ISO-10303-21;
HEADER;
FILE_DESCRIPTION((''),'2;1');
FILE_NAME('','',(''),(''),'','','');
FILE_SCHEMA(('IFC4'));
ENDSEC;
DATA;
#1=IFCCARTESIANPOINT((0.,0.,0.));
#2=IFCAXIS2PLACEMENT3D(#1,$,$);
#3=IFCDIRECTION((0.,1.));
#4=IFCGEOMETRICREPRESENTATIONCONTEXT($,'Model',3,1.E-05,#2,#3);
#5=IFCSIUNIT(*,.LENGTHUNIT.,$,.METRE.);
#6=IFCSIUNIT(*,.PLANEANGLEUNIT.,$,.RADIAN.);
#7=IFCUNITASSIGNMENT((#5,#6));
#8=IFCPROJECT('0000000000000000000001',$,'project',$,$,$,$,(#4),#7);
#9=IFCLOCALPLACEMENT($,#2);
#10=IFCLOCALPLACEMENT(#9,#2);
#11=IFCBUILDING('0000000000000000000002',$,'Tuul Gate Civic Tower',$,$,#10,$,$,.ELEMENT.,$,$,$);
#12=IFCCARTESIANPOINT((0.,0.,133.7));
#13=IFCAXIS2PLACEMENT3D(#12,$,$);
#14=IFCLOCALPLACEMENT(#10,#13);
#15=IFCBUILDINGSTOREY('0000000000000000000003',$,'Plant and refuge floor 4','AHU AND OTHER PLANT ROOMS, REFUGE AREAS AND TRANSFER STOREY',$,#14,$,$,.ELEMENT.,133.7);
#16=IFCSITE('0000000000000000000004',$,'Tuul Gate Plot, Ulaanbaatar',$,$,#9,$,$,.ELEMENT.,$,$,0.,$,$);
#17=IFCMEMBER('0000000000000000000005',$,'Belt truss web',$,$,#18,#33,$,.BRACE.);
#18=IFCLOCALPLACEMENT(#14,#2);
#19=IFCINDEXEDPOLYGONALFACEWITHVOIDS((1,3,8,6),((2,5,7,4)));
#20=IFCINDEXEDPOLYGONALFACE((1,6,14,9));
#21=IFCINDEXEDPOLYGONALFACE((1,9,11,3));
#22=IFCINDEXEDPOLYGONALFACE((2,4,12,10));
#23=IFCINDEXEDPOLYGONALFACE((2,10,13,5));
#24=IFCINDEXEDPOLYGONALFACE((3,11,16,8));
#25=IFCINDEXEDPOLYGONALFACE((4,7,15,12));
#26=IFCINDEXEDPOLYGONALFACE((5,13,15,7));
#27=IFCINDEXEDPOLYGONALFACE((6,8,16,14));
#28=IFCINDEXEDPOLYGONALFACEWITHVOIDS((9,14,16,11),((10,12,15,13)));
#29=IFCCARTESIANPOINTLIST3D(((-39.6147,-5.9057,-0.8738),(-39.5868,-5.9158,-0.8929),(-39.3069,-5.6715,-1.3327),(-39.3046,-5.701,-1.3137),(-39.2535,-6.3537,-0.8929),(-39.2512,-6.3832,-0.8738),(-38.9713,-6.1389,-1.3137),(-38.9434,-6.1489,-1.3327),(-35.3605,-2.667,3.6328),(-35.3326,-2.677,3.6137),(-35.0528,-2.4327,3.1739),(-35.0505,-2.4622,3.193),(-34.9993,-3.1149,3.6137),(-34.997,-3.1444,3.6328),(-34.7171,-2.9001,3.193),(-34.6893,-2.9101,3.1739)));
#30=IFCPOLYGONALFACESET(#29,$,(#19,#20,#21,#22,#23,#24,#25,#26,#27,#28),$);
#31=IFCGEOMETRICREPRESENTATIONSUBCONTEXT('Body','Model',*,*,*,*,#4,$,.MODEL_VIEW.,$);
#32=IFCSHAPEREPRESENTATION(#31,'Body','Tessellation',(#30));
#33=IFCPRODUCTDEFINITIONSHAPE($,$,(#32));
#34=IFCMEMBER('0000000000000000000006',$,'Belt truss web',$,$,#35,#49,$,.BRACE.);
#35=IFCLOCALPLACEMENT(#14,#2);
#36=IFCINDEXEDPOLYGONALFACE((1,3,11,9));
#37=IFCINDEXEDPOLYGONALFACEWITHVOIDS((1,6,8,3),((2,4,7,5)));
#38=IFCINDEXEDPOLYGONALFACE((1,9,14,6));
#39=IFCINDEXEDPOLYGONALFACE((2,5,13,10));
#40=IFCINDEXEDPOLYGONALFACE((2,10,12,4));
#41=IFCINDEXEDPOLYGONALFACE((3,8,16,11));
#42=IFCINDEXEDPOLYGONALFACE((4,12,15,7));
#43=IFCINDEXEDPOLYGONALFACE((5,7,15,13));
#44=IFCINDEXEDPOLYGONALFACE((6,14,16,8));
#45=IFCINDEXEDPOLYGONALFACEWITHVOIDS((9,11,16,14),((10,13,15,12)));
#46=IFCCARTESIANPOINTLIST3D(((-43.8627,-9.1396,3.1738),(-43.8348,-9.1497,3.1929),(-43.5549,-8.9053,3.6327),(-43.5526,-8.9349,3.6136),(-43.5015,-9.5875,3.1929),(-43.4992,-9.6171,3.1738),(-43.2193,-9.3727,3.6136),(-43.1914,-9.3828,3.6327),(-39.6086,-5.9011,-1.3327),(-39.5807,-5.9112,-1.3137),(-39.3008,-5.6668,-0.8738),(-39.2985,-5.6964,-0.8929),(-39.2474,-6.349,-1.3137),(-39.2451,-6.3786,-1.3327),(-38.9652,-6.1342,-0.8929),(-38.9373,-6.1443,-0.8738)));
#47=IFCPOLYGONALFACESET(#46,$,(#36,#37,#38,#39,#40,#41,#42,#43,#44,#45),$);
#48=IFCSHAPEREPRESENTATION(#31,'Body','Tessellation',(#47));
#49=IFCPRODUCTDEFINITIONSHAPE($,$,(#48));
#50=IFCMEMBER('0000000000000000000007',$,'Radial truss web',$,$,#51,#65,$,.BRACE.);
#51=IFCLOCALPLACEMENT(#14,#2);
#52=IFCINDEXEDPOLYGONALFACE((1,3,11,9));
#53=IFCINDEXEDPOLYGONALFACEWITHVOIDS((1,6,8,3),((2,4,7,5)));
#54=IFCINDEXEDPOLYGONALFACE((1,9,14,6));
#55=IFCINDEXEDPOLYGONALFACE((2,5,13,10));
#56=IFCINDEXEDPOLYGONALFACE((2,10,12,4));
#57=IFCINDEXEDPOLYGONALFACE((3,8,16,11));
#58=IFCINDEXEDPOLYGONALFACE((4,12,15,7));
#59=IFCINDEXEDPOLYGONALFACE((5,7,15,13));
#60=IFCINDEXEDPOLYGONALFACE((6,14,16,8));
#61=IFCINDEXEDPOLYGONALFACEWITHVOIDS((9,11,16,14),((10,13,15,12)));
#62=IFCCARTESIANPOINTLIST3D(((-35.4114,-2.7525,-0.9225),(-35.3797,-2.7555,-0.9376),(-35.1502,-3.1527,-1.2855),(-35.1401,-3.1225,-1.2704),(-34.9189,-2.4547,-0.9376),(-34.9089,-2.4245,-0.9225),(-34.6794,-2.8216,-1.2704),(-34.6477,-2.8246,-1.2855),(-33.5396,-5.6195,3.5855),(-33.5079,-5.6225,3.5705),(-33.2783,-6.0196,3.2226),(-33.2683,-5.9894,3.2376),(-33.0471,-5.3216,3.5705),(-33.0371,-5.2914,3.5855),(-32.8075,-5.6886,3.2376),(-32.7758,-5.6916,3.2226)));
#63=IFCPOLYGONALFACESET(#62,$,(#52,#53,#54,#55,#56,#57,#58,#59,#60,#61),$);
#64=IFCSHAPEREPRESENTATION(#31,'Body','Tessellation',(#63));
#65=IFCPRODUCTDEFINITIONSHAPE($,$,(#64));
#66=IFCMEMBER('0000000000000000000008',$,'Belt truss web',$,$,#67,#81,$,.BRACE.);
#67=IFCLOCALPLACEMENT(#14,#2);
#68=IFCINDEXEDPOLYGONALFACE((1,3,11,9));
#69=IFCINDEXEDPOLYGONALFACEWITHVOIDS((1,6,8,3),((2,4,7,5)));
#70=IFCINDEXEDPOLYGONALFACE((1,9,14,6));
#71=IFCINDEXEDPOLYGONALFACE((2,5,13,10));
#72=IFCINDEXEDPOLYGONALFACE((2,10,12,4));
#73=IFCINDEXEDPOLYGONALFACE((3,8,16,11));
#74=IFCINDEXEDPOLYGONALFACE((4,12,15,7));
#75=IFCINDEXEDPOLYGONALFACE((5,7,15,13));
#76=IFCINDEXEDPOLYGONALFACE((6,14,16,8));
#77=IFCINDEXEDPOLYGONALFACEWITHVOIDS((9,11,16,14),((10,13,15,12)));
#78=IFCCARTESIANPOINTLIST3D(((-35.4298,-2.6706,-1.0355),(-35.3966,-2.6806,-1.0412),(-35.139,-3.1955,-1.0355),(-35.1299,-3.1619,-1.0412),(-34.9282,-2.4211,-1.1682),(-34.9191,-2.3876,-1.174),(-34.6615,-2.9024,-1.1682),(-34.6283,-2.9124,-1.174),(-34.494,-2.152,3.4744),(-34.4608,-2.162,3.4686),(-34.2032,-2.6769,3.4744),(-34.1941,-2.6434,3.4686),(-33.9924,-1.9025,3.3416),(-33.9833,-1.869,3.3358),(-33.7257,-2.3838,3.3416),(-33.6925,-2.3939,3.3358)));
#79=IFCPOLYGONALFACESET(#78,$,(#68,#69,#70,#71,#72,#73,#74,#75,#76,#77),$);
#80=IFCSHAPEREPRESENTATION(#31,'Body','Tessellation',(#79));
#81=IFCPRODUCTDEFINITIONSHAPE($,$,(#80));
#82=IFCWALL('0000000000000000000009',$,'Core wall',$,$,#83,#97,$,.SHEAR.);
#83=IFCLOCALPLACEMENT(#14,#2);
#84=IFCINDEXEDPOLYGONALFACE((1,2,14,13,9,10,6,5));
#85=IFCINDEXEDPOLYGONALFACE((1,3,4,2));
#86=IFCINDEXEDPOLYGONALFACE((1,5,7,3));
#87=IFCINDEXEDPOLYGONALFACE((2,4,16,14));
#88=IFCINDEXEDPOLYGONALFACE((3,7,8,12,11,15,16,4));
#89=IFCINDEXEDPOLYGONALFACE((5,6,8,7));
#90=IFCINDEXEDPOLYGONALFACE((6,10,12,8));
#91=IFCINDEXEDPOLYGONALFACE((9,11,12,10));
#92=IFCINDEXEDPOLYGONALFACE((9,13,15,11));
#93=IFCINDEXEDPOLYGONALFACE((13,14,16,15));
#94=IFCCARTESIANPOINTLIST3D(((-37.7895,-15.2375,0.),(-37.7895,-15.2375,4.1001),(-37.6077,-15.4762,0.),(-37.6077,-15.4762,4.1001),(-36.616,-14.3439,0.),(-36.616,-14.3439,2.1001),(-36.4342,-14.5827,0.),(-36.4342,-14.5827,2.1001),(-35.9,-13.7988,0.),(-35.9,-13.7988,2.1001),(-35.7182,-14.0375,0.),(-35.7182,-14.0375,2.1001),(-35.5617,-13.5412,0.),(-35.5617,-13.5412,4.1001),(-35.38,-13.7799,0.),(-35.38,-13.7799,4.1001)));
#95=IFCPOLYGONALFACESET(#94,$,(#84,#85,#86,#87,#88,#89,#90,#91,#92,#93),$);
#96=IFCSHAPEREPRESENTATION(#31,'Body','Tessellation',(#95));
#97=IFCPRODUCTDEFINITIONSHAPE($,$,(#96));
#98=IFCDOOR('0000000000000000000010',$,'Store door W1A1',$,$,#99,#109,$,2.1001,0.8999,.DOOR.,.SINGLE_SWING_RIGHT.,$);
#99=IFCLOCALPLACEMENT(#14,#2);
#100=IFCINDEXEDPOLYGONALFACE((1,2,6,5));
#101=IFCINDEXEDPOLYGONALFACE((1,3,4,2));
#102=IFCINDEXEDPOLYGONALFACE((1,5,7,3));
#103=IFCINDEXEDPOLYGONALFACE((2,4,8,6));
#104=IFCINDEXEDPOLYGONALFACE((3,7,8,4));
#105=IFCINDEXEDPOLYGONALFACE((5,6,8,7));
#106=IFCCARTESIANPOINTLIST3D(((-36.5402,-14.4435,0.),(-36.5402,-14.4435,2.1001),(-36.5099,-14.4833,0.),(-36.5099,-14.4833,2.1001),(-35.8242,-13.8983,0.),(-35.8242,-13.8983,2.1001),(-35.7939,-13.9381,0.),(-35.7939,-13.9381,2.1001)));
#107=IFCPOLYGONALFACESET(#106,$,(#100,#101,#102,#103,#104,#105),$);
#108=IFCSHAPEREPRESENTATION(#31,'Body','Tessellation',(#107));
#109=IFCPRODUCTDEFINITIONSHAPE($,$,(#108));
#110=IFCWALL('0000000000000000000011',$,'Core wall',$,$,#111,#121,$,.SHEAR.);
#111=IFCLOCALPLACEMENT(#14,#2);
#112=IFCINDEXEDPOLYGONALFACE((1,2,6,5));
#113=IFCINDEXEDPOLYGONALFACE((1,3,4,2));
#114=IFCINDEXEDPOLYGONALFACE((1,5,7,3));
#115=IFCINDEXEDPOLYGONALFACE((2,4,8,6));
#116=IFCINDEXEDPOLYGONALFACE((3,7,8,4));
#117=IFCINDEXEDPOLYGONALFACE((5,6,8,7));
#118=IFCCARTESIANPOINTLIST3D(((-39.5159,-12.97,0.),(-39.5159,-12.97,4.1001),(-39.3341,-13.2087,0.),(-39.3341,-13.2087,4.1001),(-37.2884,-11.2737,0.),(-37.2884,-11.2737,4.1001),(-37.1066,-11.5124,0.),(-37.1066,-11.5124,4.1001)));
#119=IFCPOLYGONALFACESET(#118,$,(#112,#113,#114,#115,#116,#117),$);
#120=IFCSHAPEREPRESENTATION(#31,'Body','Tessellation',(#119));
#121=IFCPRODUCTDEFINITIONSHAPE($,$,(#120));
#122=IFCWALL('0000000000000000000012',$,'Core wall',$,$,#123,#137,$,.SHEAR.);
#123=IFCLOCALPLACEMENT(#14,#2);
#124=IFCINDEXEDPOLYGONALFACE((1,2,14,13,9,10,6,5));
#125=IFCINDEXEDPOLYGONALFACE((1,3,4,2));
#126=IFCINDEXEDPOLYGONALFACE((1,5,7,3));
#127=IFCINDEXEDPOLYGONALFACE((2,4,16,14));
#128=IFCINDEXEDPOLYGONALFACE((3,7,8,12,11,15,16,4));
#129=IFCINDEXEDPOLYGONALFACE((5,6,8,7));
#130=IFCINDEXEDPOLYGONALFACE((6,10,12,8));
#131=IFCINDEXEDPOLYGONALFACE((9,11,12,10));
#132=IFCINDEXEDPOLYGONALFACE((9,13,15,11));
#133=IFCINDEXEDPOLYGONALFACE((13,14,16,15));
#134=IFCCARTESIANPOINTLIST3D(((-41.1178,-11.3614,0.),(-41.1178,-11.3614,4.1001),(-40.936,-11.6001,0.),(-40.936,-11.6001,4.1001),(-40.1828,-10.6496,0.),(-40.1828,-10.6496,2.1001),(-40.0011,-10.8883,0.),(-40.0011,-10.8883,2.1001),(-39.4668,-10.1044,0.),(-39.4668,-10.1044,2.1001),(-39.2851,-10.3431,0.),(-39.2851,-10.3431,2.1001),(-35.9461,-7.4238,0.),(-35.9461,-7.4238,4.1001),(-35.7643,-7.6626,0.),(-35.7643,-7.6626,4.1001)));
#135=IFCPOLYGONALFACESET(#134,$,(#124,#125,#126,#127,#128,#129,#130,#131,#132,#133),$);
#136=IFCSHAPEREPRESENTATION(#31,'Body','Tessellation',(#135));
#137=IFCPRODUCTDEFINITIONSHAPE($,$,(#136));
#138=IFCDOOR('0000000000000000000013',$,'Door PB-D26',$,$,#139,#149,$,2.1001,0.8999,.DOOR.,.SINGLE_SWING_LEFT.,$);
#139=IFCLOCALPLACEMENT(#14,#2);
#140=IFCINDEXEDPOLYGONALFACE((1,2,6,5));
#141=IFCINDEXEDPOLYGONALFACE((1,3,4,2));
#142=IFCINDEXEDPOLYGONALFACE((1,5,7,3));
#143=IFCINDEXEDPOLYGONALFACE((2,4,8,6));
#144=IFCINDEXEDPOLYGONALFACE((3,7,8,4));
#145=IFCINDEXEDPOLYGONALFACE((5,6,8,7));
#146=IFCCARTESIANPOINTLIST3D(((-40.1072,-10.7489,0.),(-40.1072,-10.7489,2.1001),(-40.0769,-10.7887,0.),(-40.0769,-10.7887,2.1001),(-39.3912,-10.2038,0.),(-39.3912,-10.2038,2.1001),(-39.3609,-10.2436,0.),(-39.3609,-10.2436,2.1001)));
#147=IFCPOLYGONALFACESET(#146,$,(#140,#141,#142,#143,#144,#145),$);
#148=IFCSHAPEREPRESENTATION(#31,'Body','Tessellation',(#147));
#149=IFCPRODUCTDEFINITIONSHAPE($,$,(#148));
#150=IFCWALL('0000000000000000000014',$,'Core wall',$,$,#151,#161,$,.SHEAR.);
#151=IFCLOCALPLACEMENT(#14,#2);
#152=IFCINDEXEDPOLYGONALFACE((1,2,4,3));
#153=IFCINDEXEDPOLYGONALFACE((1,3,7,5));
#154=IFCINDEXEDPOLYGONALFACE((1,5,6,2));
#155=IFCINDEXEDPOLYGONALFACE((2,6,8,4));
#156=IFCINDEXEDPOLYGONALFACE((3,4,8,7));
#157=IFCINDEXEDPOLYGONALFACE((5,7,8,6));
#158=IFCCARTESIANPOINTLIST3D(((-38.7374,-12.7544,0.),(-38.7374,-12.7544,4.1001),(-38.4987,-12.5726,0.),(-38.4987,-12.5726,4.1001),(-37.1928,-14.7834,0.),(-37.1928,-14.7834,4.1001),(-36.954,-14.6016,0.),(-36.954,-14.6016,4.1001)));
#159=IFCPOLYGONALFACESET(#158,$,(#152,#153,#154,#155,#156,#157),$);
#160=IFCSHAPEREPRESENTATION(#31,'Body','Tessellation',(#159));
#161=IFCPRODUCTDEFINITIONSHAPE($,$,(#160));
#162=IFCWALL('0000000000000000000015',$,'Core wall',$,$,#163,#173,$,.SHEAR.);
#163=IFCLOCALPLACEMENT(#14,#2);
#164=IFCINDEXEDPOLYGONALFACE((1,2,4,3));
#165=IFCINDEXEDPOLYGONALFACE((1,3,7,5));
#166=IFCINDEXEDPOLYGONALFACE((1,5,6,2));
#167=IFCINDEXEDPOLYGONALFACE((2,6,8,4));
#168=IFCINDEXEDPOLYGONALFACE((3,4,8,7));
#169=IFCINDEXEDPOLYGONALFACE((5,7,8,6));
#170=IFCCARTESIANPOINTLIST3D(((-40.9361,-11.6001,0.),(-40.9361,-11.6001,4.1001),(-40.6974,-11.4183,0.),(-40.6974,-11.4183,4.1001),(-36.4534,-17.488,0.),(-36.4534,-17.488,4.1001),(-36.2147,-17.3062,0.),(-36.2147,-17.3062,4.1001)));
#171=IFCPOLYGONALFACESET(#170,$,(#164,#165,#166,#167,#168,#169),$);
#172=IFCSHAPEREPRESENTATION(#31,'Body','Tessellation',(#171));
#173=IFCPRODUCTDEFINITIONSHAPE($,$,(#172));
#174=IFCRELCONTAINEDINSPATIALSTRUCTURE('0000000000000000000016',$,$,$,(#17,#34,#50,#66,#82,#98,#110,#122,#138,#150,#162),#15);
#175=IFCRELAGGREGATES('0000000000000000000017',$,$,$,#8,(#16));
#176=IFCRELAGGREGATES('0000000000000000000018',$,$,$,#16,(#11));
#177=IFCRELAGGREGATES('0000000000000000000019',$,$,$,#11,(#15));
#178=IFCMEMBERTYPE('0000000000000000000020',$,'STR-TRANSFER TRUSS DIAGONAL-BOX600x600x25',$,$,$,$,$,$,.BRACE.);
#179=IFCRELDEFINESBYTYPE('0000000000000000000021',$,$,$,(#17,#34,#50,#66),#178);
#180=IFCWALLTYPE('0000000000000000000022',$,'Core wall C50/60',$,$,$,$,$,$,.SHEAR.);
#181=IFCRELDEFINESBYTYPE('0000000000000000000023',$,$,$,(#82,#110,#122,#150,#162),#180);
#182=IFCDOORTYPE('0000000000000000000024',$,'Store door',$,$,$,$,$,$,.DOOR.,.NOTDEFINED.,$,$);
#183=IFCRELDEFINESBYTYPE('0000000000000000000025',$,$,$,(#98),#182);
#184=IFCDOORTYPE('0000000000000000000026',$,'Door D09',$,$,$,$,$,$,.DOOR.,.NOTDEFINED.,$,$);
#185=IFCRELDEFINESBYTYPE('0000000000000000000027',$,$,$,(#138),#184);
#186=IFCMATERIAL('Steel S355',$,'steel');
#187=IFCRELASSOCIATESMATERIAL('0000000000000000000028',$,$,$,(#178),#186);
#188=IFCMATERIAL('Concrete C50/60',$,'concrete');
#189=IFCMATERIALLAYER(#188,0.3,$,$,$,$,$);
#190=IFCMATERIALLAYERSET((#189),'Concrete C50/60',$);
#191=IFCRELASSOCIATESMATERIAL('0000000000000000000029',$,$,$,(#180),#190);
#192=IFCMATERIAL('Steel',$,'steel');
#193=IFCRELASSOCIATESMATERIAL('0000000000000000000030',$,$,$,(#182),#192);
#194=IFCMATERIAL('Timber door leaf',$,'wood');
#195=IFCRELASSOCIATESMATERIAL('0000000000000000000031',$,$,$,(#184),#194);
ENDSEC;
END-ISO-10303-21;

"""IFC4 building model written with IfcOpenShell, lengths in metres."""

from ifc_helpers import new_model, si_unit, direction, frame, frame_2d, origin, origin_2d, place, context, subcontext, project, spatial, rectangle, hollow_rectangle, extrude, material, layer, layer_set, material_profile, profile_set, type_object, element, fill, save


model = new_model("IFC4")

# Units and contexts
model_context = context("Model", 3, precision=1e-05, world=origin(), true_north=direction((0.0, 1.0)))
body_context = subcontext(model_context, "Body", "Model", "MODEL_VIEW")
ifc_project = project(units=[si_unit("LENGTHUNIT", "METRE"), si_unit("PLANEANGLEUNIT", "RADIAN")], contexts=[model_context])

# Site, building, storey
site_placement = place(None, origin())
site = spatial("IfcSite", under=ifc_project, at=site_placement, Name="Tuul Gate Plot, Ulaanbaatar", CompositionType="ELEMENT", RefElevation=0.0)
building_placement = place(site_placement, origin())
building = spatial("IfcBuilding", under=site, at=building_placement, Name="Tuul Gate Civic Tower", CompositionType="ELEMENT")
storey_placement = place(building_placement, frame((0.0, 0.0, 133.7)))
storey = spatial("IfcBuildingStorey", under=building, at=storey_placement, Name="Plant and refuge floor 4", Description="AHU AND OTHER PLANT ROOMS, REFUGE AREAS AND TRANSFER STOREY", CompositionType="ELEMENT", Elevation=133.7)

# Members
ifc_material_1 = material(Name="Steel S355", Category="steel")
ifc_material_profile_1 = material_profile(ifc_material_1, hollow_rectangle(XDim=0.6001, YDim=0.6001, WallThickness=0.0249, at=origin_2d()), Name="BOX600x600x25")
ifc_profile_set_1 = profile_set([ifc_material_profile_1], Name="Steel S355")
member_type = type_object("IfcMemberType", Name="STR-TRANSFER TRUSS DIAGONAL-BOX600x600x25", PredefinedType="BRACE", material=ifc_profile_set_1)
member_1_placement = place(storey_placement, frame((-39.2791, -6.0273, -1.1033), z_axis=(0.608377, 0.463169, 0.644478), x_axis=(-0.605749, 0.795656, 0.0)))
element("IfcMember", 1, at=member_1_placement, inside=storey, type_object=member_type, Name="Belt truss web", PredefinedType="BRACE", context=body_context, shape_type="SweptSolid", body=[
    extrude(hollow_rectangle(XDim=0.6001, YDim=0.6001, WallThickness=0.0249, at=origin_2d()), origin(), (0.0, 0.0, 1.0), 6.9927),
])
member_2_placement = place(storey_placement, frame((-39.2729, -6.0227, -1.1033), z_axis=(-0.608387, -0.463142, 0.644488), x_axis=(0.60572, -0.795678, 0.0)))
element("IfcMember", 2, at=member_2_placement, inside=storey, type_object=member_type, Name="Belt truss web", PredefinedType="BRACE", context=body_context, shape_type="SweptSolid", body=[
    extrude(hollow_rectangle(XDim=0.6001, YDim=0.6001, WallThickness=0.0249, at=origin_2d()), origin(), (0.0, 0.0, 1.0), 6.9924),
])
member_3_placement = place(storey_placement, frame((-35.0295, -2.7886, -1.104), z_axis=(0.330659, -0.506447, 0.796351), x_axis=(0.837332, 0.546694, 0.0)))
element("IfcMember", 3, at=member_3_placement, inside=storey, type_object=member_type, Name="Radial truss web", PredefinedType="BRACE", context=body_context, shape_type="SweptSolid", body=[
    extrude(hollow_rectangle(XDim=0.6001, YDim=0.6001, WallThickness=0.0249, at=origin_2d()), origin(), (0.0, 0.0, 1.0), 5.6609),
])
member_4_placement = place(storey_placement, frame((-35.0291, -2.7915, -1.1047), z_axis=(0.2019, 0.11188, 0.972995), x_axis=(-0.484693, 0.874684, 0.0)))
element("IfcMember", 4, at=member_4_placement, inside=storey, type_object=member_type, Name="Belt truss web", PredefinedType="BRACE", context=body_context, shape_type="SweptSolid", body=[
    extrude(hollow_rectangle(XDim=0.6001, YDim=0.6001, WallThickness=0.0249, at=origin_2d()), origin(), (0.0, 0.0, 1.0), 4.635),
])

# Wall, opening, door
ifc_material_2 = material(Name="Concrete C50/60", Category="concrete")
ifc_layer_1 = layer(ifc_material_2, 0.3)
ifc_layer_set_1 = layer_set([ifc_layer_1], Name="Concrete C50/60")
wall_type_1 = type_object("IfcWallType", Name="Core wall C50/60", PredefinedType="SHEAR", material=ifc_layer_set_1)
wall_1_placement = place(storey_placement, frame((-35.4709, -13.6606, 0.0), z_axis=(0.0, 0.0, 1.0), x_axis=(-0.795616, -0.605802, 0.0)))
wall_1 = element("IfcWall", 5, at=wall_1_placement, inside=storey, type_object=wall_type_1, Name="Core wall", PredefinedType="SHEAR", context=body_context, shape_type="SweptSolid", body=[
    extrude(rectangle(XDim=2.8, YDim=0.3, at=frame_2d((1.3999, 0.0))), origin(), (0.0, 0.0, 1.0), 4.1001),
])
opening_1_placement = place(wall_1_placement, frame((0.425, 0.0, 0.0)))
opening_1 = element("IfcOpeningElement", 6, at=opening_1_placement, cuts=wall_1, PredefinedType="OPENING", context=body_context, shape_type="SweptSolid", body=[
    extrude(rectangle(XDim=0.8999, YDim=2.1001, at=frame_2d((0.45, 1.05))), frame((0.0, 0.1602, 0.0), z_axis=(0.0, -1.0, 0.0), x_axis=(1.0, 0.0, 0.0)), (0.0, 0.0, 1.0), 0.3201),
])
ifc_material_3 = material(Name="Steel", Category="steel")
door_type_1 = type_object("IfcDoorType", Name="Store door", OperationType="NOTDEFINED", PredefinedType="DOOR", material=ifc_material_3)
door_1_placement = place(opening_1_placement, frame((0.8999, 0.0, 0.0), z_axis=(0.0, 0.0, 1.0), x_axis=(-1.0, 0.0, 0.0)))
door_1 = element("IfcDoor", 7, at=door_1_placement, inside=storey, type_object=door_type_1, Name="Store door W1A1", OperationType="SINGLE_SWING_RIGHT", OverallHeight=2.1001, OverallWidth=0.8999, PredefinedType="DOOR", context=body_context, shape_type="SweptSolid", body=[
    extrude(rectangle(XDim=0.8999, YDim=2.1001, at=frame_2d((0.45, 1.05))), frame((0.0, 0.0249, 0.0), z_axis=(0.0, -1.0, 0.0), x_axis=(1.0, 0.0, 0.0)), (0.0, 0.0, 1.0), 0.05),
])
fill(opening_1, door_1)

# Wall
wall_2_placement = place(storey_placement, frame((-37.1975, -11.3931, 0.0), z_axis=(0.0, 0.0, 1.0), x_axis=(-0.795584, -0.605844, 0.0)))
element("IfcWall", 8, at=wall_2_placement, inside=storey, type_object=wall_type_1, Name="Core wall", PredefinedType="SHEAR", context=body_context, shape_type="SweptSolid", body=[
    extrude(rectangle(XDim=2.7998, YDim=0.3, at=frame_2d((1.3999, 0.0))), origin(), (0.0, 0.0, 1.0), 4.1001),
])

# Wall, opening, door
wall_3_placement = place(storey_placement, frame((-35.8552, -7.5432, 0.0), z_axis=(0.0, 0.0, 1.0), x_axis=(-0.795639, -0.605772, 0.0)))
wall_3 = element("IfcWall", 9, at=wall_3_placement, inside=storey, type_object=wall_type_1, Name="Core wall", PredefinedType="SHEAR", context=body_context, shape_type="SweptSolid", body=[
    extrude(rectangle(XDim=6.5, YDim=0.3, at=frame_2d((3.25, 0.0))), origin(), (0.0, 0.0, 1.0), 4.1001),
])
opening_2_placement = place(wall_3_placement, frame((4.425, 0.0, 0.0)))
opening_2 = element("IfcOpeningElement", 10, at=opening_2_placement, cuts=wall_3, PredefinedType="OPENING", context=body_context, shape_type="SweptSolid", body=[
    extrude(rectangle(XDim=0.8999, YDim=2.1001, at=frame_2d((0.45, 1.05))), frame((0.0, 0.1602, 0.0), z_axis=(0.0, -1.0, 0.0), x_axis=(1.0, 0.0, 0.0)), (0.0, 0.0, 1.0), 0.3201),
])
ifc_material_4 = material(Name="Timber door leaf", Category="wood")
door_type_2 = type_object("IfcDoorType", Name="Door D09", OperationType="NOTDEFINED", PredefinedType="DOOR", material=ifc_material_4)
door_2_placement = place(opening_2_placement, origin())
door_2 = element("IfcDoor", 11, at=door_2_placement, inside=storey, type_object=door_type_2, Name="Door PB-D26", OperationType="SINGLE_SWING_LEFT", OverallHeight=2.1001, OverallWidth=0.8999, PredefinedType="DOOR", context=body_context, shape_type="SweptSolid", body=[
    extrude(rectangle(XDim=0.8999, YDim=2.1001, at=frame_2d((0.45, 1.05))), frame((0.0, 0.0249, 0.0), z_axis=(0.0, -1.0, 0.0), x_axis=(1.0, 0.0, 0.0)), (0.0, 0.0, 1.0), 0.05),
])
fill(opening_2, door_2)

# Walls
wall_4_placement = place(storey_placement, frame((-37.0735, -14.6924, 0.0), z_axis=(0.0, 0.0, 1.0), x_axis=(-0.605729, 0.795671, 0.0)))
element("IfcWall", 12, at=wall_4_placement, inside=storey, type_object=wall_type_1, Name="Core wall", PredefinedType="SHEAR", context=body_context, shape_type="SweptSolid", body=[
    extrude(rectangle(XDim=2.55, YDim=0.3, at=frame_2d((1.2749, 0.0))), origin(), (0.0, 0.0, 1.0), 4.1001),
])
wall_5_placement = place(storey_placement, frame((-36.334, -17.3972, 0.0), z_axis=(0.0, 0.0, 1.0), x_axis=(-0.605754, 0.795652, 0.0)))
element("IfcWall", 13, at=wall_5_placement, inside=storey, type_object=wall_type_1, Name="Core wall", PredefinedType="SHEAR", context=body_context, shape_type="SweptSolid", body=[
    extrude(rectangle(XDim=7.4001, YDim=0.3, at=frame_2d((3.7002, 0.0))), origin(), (0.0, 0.0, 1.0), 4.1001),
])

save(model, "model.ifc")
